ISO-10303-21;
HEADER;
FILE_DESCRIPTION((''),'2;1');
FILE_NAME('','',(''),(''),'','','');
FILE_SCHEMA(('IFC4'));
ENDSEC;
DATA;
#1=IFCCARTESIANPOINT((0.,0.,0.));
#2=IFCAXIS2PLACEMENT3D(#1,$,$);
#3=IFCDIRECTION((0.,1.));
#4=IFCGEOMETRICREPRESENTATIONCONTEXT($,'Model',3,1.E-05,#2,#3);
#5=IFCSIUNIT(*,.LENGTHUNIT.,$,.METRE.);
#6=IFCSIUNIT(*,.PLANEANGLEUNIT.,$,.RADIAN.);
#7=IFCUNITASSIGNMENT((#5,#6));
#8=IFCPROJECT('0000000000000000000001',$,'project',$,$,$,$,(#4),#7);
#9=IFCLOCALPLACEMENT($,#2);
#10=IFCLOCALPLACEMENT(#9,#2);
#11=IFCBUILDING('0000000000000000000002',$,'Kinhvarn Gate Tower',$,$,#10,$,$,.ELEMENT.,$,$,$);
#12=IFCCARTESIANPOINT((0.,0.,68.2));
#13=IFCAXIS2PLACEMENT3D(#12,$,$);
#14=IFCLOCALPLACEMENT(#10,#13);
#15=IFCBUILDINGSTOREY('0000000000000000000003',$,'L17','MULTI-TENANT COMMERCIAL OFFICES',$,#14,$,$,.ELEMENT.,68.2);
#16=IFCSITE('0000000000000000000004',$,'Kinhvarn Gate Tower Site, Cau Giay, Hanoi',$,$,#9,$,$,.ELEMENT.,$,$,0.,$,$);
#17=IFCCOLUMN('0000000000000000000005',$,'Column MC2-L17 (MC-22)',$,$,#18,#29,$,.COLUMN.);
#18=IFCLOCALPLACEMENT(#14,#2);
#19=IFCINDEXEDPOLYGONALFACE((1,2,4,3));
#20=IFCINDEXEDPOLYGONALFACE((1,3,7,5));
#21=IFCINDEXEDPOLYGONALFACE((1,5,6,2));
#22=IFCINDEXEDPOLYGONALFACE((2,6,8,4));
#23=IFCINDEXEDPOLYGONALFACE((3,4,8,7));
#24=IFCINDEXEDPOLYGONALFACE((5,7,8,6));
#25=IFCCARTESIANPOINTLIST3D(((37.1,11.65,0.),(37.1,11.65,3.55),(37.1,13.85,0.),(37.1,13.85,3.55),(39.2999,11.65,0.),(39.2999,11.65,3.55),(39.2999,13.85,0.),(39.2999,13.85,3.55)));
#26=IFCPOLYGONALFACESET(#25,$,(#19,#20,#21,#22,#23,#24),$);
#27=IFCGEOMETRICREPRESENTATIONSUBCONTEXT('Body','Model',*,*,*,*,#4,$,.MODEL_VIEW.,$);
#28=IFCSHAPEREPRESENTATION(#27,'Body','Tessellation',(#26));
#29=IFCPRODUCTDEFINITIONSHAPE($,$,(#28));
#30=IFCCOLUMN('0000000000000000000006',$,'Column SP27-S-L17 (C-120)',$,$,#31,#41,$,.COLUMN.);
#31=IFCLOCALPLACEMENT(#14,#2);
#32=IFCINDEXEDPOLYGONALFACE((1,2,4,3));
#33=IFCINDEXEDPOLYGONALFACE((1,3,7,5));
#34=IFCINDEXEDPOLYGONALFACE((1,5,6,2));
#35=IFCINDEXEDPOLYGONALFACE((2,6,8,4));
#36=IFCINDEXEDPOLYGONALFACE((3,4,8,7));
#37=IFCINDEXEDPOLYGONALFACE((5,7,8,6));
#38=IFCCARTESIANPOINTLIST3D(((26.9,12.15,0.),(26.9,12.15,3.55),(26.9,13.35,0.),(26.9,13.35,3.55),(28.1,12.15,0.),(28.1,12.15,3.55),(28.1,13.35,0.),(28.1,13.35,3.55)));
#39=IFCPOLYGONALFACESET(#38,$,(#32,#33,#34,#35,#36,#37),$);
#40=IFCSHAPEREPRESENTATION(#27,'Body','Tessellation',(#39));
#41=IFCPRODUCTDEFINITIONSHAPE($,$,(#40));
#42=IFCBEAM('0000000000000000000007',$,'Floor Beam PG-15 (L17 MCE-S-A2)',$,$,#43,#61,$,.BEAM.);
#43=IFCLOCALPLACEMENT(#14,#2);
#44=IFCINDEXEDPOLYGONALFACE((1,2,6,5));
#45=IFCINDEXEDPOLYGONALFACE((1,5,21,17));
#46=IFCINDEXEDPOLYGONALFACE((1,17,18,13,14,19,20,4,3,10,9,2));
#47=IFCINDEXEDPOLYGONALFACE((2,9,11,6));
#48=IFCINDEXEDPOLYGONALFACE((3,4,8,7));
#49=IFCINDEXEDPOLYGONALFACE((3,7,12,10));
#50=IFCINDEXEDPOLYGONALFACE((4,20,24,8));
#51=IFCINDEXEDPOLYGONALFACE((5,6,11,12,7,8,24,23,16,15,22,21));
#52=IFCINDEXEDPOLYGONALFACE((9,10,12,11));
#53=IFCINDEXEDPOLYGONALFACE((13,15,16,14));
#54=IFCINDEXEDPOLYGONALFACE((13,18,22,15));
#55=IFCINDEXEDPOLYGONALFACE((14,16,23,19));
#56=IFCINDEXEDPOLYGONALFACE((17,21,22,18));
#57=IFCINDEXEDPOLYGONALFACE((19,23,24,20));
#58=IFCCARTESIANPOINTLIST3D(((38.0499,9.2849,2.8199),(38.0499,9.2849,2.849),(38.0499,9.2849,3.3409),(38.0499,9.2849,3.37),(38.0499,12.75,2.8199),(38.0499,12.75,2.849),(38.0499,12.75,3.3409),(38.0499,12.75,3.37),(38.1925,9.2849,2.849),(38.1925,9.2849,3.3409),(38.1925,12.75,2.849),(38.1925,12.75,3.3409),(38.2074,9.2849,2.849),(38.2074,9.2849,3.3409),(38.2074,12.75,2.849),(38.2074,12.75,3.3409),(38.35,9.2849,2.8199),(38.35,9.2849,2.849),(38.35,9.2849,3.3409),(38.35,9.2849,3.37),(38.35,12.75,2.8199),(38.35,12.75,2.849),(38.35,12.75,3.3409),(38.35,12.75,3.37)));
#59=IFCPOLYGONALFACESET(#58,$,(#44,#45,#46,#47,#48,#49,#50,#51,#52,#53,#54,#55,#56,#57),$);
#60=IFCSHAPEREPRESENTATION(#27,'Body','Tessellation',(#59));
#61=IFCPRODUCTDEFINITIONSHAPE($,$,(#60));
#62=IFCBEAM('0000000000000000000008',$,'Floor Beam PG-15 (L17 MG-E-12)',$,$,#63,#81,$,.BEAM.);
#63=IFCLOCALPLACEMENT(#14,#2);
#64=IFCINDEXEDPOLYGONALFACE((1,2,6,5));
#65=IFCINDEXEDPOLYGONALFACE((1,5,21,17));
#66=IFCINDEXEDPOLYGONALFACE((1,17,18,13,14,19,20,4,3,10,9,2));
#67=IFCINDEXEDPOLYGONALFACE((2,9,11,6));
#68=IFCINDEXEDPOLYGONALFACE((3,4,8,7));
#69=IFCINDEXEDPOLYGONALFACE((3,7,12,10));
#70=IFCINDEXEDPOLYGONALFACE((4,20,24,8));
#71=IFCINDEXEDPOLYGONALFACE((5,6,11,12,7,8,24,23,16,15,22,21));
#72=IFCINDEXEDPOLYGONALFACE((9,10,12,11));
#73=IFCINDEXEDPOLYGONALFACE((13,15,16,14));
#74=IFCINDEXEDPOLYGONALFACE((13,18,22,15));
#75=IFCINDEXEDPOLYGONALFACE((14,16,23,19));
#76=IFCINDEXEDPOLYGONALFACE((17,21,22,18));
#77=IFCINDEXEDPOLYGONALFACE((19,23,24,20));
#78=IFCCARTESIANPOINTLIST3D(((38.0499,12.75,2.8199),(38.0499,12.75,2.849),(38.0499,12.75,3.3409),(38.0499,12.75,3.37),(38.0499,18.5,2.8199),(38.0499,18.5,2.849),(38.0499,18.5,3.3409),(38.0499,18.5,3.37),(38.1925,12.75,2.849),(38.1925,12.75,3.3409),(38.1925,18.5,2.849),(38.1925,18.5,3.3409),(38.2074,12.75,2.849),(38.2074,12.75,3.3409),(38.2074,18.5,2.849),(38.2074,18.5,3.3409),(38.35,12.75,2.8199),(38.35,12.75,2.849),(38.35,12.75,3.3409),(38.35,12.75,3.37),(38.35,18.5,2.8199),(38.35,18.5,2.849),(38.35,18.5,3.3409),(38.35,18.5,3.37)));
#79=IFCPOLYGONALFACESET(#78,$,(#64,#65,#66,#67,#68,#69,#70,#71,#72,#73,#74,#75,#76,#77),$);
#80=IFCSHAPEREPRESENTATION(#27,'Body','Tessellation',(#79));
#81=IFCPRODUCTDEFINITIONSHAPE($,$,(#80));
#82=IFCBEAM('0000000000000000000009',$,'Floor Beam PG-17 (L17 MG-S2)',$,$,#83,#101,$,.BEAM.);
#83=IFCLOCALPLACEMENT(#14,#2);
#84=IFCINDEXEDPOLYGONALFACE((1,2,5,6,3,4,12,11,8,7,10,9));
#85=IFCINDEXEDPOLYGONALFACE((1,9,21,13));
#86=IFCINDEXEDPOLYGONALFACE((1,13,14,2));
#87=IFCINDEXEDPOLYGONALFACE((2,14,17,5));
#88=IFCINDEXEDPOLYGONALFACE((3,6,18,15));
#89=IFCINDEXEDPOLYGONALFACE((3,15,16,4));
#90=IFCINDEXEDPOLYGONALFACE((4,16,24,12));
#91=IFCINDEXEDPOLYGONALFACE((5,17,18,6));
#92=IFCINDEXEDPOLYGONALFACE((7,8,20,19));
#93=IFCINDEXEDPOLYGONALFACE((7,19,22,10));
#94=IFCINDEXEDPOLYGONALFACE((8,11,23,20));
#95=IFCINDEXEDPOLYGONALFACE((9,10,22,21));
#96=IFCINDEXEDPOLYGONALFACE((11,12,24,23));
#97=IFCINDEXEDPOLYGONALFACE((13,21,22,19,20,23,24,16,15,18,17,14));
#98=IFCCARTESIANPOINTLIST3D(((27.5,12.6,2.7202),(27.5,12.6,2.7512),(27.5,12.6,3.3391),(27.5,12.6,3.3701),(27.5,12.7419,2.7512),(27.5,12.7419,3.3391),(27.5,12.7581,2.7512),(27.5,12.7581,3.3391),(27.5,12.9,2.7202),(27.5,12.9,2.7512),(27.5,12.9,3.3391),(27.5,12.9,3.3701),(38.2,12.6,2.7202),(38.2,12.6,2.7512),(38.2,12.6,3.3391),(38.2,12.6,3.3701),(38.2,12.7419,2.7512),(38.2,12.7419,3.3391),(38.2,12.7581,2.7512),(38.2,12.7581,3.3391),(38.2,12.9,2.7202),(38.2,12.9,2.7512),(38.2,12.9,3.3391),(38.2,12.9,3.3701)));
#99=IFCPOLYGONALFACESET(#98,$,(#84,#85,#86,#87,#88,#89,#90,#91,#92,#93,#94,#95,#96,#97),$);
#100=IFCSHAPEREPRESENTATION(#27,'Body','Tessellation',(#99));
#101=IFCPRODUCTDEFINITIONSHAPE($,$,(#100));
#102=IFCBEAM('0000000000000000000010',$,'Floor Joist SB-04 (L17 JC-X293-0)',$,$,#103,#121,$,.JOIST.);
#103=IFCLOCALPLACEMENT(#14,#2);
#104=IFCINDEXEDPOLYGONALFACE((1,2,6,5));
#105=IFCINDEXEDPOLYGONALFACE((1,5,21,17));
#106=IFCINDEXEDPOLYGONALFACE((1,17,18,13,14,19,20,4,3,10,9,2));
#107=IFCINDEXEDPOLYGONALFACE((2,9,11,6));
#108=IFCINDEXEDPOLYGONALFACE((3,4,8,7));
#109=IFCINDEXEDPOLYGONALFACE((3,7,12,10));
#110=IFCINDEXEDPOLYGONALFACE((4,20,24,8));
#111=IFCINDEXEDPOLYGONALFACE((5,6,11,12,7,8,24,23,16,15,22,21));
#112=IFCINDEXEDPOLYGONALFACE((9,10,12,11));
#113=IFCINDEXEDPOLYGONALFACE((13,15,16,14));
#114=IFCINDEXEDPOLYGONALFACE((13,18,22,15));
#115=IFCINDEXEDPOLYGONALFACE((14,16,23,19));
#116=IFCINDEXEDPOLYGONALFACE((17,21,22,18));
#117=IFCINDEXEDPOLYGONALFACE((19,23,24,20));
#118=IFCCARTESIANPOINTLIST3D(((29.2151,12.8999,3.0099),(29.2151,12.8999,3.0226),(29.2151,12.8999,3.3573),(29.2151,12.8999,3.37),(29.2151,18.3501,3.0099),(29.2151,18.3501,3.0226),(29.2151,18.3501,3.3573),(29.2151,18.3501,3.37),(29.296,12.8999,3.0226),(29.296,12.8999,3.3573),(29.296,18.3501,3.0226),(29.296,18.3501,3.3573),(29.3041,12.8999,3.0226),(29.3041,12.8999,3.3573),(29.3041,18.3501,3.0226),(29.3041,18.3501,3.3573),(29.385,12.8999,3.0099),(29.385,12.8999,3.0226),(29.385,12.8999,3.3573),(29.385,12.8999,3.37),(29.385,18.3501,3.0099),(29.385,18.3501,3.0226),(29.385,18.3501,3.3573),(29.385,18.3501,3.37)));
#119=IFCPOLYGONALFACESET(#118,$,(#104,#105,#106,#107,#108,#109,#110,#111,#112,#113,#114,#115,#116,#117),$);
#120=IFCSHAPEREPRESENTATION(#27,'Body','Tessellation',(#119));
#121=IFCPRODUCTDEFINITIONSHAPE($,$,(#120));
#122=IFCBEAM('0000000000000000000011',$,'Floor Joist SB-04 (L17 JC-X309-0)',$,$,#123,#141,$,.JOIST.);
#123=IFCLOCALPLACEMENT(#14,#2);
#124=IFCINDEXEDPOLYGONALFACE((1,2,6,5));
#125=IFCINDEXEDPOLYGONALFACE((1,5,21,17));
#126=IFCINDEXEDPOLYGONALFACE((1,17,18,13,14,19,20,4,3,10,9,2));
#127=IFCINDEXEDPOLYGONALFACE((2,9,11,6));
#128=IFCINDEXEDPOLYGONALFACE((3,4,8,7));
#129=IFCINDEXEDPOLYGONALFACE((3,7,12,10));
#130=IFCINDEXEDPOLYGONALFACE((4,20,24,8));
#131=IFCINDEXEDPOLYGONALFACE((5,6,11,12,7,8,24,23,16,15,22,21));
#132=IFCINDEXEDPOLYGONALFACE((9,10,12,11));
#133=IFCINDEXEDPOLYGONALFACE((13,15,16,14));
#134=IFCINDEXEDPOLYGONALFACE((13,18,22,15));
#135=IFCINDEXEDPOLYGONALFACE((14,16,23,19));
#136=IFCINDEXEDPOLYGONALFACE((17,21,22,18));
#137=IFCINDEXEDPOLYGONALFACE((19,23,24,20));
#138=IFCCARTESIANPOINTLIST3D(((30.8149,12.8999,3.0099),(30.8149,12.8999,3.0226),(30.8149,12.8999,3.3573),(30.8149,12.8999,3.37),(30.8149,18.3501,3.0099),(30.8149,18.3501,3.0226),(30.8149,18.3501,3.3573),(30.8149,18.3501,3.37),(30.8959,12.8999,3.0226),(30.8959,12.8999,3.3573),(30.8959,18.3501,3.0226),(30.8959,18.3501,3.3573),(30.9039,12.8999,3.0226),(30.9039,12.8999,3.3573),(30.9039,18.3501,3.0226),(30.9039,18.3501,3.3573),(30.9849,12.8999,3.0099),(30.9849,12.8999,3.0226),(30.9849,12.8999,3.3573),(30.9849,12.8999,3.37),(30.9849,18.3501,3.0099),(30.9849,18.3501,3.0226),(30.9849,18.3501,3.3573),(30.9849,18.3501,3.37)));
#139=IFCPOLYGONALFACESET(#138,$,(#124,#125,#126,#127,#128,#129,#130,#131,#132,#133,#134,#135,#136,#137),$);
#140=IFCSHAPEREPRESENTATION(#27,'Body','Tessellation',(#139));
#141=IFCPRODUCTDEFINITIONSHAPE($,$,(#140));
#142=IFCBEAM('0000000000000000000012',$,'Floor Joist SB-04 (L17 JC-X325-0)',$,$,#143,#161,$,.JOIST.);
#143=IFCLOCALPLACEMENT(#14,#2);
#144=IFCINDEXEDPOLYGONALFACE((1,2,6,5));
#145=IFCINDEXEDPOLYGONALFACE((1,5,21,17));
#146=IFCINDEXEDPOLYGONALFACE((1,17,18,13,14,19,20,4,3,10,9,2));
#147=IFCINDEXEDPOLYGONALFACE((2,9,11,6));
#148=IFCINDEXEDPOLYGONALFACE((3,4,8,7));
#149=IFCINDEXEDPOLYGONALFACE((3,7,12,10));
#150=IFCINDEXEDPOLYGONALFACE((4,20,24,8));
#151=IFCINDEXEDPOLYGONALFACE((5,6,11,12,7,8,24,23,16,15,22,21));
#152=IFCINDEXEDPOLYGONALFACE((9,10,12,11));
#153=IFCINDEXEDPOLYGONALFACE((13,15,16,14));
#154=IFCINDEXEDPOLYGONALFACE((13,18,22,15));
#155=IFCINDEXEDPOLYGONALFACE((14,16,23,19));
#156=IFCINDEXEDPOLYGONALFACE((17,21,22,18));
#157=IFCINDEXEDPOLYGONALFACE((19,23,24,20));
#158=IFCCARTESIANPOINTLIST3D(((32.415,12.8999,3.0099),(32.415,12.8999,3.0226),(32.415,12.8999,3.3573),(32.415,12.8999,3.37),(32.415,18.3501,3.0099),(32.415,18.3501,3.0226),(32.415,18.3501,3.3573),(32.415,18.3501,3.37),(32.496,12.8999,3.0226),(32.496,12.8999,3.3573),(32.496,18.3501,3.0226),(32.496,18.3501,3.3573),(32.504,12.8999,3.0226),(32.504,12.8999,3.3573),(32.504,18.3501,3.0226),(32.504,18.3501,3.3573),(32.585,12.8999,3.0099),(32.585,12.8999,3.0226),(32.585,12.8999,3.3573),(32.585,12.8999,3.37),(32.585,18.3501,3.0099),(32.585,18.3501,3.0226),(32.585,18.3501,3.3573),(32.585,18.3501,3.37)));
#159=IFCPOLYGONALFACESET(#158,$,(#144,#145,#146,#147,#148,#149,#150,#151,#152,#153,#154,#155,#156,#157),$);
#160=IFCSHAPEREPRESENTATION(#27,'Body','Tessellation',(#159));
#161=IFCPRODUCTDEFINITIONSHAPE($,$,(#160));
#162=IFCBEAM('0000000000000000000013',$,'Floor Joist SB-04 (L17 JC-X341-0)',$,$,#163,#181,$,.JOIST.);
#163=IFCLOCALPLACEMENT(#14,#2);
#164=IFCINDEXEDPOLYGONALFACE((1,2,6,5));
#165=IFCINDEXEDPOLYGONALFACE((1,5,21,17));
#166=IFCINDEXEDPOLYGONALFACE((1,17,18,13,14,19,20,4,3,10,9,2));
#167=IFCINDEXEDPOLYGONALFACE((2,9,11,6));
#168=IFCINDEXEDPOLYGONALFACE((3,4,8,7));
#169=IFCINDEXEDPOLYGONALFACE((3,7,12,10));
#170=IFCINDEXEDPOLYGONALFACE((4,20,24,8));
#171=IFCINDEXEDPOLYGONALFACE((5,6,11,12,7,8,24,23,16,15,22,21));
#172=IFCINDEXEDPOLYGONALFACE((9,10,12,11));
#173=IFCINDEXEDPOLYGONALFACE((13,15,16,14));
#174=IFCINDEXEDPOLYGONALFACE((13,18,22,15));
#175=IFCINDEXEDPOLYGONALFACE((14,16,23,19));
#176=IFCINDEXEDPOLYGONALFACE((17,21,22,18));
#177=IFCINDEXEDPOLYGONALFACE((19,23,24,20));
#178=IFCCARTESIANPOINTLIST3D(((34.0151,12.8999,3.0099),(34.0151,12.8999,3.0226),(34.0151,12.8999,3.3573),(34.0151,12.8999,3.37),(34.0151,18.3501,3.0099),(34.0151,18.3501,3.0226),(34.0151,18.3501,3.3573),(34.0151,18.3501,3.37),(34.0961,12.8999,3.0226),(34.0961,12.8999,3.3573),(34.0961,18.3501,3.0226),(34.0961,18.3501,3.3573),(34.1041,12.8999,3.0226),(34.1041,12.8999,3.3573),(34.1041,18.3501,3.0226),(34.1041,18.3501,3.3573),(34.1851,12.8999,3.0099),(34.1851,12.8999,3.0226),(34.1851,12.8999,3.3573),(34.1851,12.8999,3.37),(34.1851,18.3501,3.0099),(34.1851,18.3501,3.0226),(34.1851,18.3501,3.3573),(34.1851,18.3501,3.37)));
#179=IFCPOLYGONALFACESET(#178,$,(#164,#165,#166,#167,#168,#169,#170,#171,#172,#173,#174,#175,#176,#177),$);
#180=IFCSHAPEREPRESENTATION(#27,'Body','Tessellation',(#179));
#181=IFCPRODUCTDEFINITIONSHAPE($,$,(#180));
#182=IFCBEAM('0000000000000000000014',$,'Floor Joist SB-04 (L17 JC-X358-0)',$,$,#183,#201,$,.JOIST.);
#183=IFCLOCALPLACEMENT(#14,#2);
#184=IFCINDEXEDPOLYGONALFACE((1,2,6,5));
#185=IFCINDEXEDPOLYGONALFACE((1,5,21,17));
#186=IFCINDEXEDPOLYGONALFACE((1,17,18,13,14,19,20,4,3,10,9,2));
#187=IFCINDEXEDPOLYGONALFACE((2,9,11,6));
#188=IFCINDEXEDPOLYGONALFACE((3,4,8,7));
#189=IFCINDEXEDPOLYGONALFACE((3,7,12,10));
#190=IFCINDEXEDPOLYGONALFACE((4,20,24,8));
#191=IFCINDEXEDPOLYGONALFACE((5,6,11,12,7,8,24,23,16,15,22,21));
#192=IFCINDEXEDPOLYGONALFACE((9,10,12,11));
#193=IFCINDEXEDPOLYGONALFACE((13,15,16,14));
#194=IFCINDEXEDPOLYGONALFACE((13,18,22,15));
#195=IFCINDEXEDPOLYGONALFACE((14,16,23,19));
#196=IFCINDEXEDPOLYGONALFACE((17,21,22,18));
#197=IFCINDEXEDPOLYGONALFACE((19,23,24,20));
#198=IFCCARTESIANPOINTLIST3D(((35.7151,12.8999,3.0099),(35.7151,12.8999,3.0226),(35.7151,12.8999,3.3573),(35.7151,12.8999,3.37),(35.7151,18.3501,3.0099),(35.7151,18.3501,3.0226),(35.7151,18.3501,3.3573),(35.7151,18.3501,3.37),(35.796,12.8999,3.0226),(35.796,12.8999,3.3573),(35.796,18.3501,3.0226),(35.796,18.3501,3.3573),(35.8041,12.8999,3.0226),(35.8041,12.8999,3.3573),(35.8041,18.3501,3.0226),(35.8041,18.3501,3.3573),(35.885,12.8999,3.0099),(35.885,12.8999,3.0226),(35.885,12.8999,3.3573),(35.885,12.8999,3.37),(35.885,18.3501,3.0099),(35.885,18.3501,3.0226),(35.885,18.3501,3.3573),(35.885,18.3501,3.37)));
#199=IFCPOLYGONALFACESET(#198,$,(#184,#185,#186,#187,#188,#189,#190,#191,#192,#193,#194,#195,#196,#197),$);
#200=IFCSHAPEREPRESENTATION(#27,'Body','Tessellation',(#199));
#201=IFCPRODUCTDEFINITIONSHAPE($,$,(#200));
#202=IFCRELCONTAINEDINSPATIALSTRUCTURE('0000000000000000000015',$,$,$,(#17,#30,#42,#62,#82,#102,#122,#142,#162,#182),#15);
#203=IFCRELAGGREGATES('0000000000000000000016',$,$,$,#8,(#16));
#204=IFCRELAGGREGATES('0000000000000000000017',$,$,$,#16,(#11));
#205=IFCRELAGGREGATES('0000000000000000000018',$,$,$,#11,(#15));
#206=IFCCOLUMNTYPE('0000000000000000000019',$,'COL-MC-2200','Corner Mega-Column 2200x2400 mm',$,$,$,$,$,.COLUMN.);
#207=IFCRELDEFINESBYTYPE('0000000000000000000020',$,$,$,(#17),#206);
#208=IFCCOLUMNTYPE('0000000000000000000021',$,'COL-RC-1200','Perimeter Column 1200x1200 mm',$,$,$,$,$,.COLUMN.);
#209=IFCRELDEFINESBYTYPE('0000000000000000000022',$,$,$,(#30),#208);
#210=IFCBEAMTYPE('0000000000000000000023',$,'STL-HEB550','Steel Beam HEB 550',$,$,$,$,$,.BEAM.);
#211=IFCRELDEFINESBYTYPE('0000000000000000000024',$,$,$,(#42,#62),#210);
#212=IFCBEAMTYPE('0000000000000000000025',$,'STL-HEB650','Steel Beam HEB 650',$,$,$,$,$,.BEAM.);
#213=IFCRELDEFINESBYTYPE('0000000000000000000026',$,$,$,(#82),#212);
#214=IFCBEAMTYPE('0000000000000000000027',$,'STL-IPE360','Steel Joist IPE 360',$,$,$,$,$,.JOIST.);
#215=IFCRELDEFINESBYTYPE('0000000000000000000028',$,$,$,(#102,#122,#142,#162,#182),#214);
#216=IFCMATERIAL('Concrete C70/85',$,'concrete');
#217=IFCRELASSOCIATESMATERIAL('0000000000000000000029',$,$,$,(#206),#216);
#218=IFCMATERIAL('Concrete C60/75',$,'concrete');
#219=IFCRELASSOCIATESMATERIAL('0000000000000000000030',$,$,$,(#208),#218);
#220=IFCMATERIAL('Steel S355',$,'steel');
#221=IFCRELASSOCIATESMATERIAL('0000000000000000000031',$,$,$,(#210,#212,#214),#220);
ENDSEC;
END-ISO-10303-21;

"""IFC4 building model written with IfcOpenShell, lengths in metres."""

from ifc_helpers import new_model, si_unit, direction, frame, origin, origin_2d, place, context, subcontext, project, spatial, rectangle, i_section, extrude, material, material_profile, profile_set, type_object, element, save


model = new_model("IFC4")

# Units and contexts
model_context = context("Model", 3, precision=1e-05, world=origin(), true_north=direction((0.0, 1.0)))
body_context = subcontext(model_context, "Body", "Model", "MODEL_VIEW")
ifc_project = project(units=[si_unit("LENGTHUNIT", "METRE"), si_unit("PLANEANGLEUNIT", "RADIAN")], contexts=[model_context])

# Site, building, storey
site_placement = place(None, origin())
site = spatial("IfcSite", under=ifc_project, at=site_placement, Name="Kinhvarn Gate Tower Site, Cau Giay, Hanoi", CompositionType="ELEMENT", RefElevation=0.0)
building_placement = place(site_placement, origin())
building = spatial("IfcBuilding", under=site, at=building_placement, Name="Kinhvarn Gate Tower", CompositionType="ELEMENT")
storey_placement = place(building_placement, frame((0.0, 0.0, 68.2)))
storey = spatial("IfcBuildingStorey", under=building, at=storey_placement, Name="L17", Description="MULTI-TENANT COMMERCIAL OFFICES", CompositionType="ELEMENT", Elevation=68.2)

# Columns
ifc_material_1 = material(Name="Concrete C70/85", Category="concrete")
ifc_material_profile_1 = material_profile(ifc_material_1, rectangle(XDim=2.2, YDim=2.2, at=origin_2d()), Name="RC 2200x2200")
ifc_profile_set_1 = profile_set([ifc_material_profile_1], Name="Concrete C70/85")
column_type_1 = type_object("IfcColumnType", Name="COL-MC-2200", Description="Corner Mega-Column 2200x2400 mm", PredefinedType="COLUMN", material=ifc_profile_set_1)
column_1_placement = place(storey_placement, frame((38.2, 12.75, 0.0), z_axis=(0.0, 0.0, 1.0), x_axis=(1.0, 0.0, 0.0)))
element("IfcColumn", 1, at=column_1_placement, inside=storey, type_object=column_type_1, Name="Column MC2-L17 (MC-22)", PredefinedType="COLUMN", context=body_context, shape_type="SweptSolid", body=[
    extrude(rectangle(XDim=2.2, YDim=2.2, at=origin_2d()), origin(), (0.0, 0.0, 1.0), 3.55),
])
ifc_material_2 = material(Name="Concrete C60/75", Category="concrete")
ifc_material_profile_2 = material_profile(ifc_material_2, rectangle(XDim=1.2, YDim=1.2, at=origin_2d()), Name="RC 1200x1200")
ifc_profile_set_2 = profile_set([ifc_material_profile_2], Name="Concrete C60/75")
column_type_2 = type_object("IfcColumnType", Name="COL-RC-1200", Description="Perimeter Column 1200x1200 mm", PredefinedType="COLUMN", material=ifc_profile_set_2)
column_2_placement = place(storey_placement, frame((27.5, 12.75, 0.0), z_axis=(0.0, 0.0, 1.0), x_axis=(1.0, 0.0, 0.0)))
element("IfcColumn", 2, at=column_2_placement, inside=storey, type_object=column_type_2, Name="Column SP27-S-L17 (C-120)", PredefinedType="COLUMN", context=body_context, shape_type="SweptSolid", body=[
    extrude(rectangle(XDim=1.2, YDim=1.2, at=origin_2d()), origin(), (0.0, 0.0, 1.0), 3.55),
])

# Beams
ifc_material_3 = material(Name="Steel S355", Category="steel")
ifc_material_profile_3 = material_profile(ifc_material_3, i_section(OverallWidth=0.3, OverallDepth=0.55, WebThickness=0.0149, FlangeThickness=0.0291, at=origin_2d()), Name="HEB 550")
ifc_profile_set_3 = profile_set([ifc_material_profile_3], Name="Steel S355")
beam_type_1 = type_object("IfcBeamType", Name="STL-HEB550", Description="Steel Beam HEB 550", PredefinedType="BEAM", material=ifc_profile_set_3)
beam_1_placement = place(storey_placement, frame((38.2, 9.2849, 3.095), z_axis=(0.0, 1.0, 0.0), x_axis=(-1.0, 0.0, 0.0)))
element("IfcBeam", 3, at=beam_1_placement, inside=storey, type_object=beam_type_1, Name="Floor Beam PG-15 (L17 MCE-S-A2)", PredefinedType="BEAM", context=body_context, shape_type="SweptSolid", body=[
    extrude(i_section(OverallWidth=0.3, OverallDepth=0.55, WebThickness=0.0149, FlangeThickness=0.0291, at=origin_2d()), origin(), (0.0, 0.0, 1.0), 3.4651),
])
beam_2_placement = place(storey_placement, frame((38.2, 12.75, 3.095), z_axis=(0.0, 1.0, 0.0), x_axis=(-1.0, 0.0, 0.0)))
element("IfcBeam", 4, at=beam_2_placement, inside=storey, type_object=beam_type_1, Name="Floor Beam PG-15 (L17 MG-E-12)", PredefinedType="BEAM", context=body_context, shape_type="SweptSolid", body=[
    extrude(i_section(OverallWidth=0.3, OverallDepth=0.55, WebThickness=0.0149, FlangeThickness=0.0291, at=origin_2d()), origin(), (0.0, 0.0, 1.0), 5.75),
])
ifc_material_profile_4 = material_profile(ifc_material_3, i_section(OverallWidth=0.3, OverallDepth=0.6499, WebThickness=0.0161, FlangeThickness=0.031, at=origin_2d()), Name="HEB 650")
ifc_profile_set_4 = profile_set([ifc_material_profile_4], Name="Steel S355")
beam_type_2 = type_object("IfcBeamType", Name="STL-HEB650", Description="Steel Beam HEB 650", PredefinedType="BEAM", material=ifc_profile_set_4)
beam_3_placement = place(storey_placement, frame((27.5, 12.75, 3.0452), z_axis=(1.0, 0.0, 0.0), x_axis=(0.0, 1.0, 0.0)))
element("IfcBeam", 5, at=beam_3_placement, inside=storey, type_object=beam_type_2, Name="Floor Beam PG-17 (L17 MG-S2)", PredefinedType="BEAM", context=body_context, shape_type="SweptSolid", body=[
    extrude(i_section(OverallWidth=0.3, OverallDepth=0.6499, WebThickness=0.0161, FlangeThickness=0.031, at=origin_2d()), origin(), (0.0, 0.0, 1.0), 10.7),
])
ifc_material_profile_5 = material_profile(ifc_material_3, i_section(OverallWidth=0.1699, OverallDepth=0.3601, WebThickness=0.0081, FlangeThickness=0.0127, at=origin_2d()), Name="IPE 360")
ifc_profile_set_5 = profile_set([ifc_material_profile_5], Name="Steel S355")
beam_type_3 = type_object("IfcBeamType", Name="STL-IPE360", Description="Steel Joist IPE 360", PredefinedType="JOIST", material=ifc_profile_set_5)
for number, where, z_axis, x_axis, name in (
    (6, (29.3, 12.8999, 3.1899), (0.0, 1.0, 0.0), (-1.0, 0.0, 0.0), "Floor Joist SB-04 (L17 JC-X293-0)"),
    (7, (30.8999, 12.8999, 3.1899), (0.0, 1.0, 0.0), (-1.0, 0.0, 0.0), "Floor Joist SB-04 (L17 JC-X309-0)"),
    (8, (32.5, 12.8999, 3.1899), (0.0, 1.0, 0.0), (-1.0, 0.0, 0.0), "Floor Joist SB-04 (L17 JC-X325-0)"),
    (9, (34.1001, 12.8999, 3.1899), (0.0, 1.0, 0.0), (-1.0, 0.0, 0.0), "Floor Joist SB-04 (L17 JC-X341-0)"),
    (10, (35.8, 12.8999, 3.1899), (0.0, 1.0, 0.0), (-1.0, 0.0, 0.0), "Floor Joist SB-04 (L17 JC-X358-0)"),
):
    element("IfcBeam", number, at=place(storey_placement, frame(where, z_axis=z_axis, x_axis=x_axis)), inside=storey, type_object=beam_type_3, Name=name, PredefinedType="JOIST", context=body_context, shape_type="SweptSolid", body=[
        extrude(i_section(OverallWidth=0.1699, OverallDepth=0.3601, WebThickness=0.0081, FlangeThickness=0.0127, at=origin_2d()), origin(), (0.0, 0.0, 1.0), 5.4502),
    ])

save(model, "model.ifc")
